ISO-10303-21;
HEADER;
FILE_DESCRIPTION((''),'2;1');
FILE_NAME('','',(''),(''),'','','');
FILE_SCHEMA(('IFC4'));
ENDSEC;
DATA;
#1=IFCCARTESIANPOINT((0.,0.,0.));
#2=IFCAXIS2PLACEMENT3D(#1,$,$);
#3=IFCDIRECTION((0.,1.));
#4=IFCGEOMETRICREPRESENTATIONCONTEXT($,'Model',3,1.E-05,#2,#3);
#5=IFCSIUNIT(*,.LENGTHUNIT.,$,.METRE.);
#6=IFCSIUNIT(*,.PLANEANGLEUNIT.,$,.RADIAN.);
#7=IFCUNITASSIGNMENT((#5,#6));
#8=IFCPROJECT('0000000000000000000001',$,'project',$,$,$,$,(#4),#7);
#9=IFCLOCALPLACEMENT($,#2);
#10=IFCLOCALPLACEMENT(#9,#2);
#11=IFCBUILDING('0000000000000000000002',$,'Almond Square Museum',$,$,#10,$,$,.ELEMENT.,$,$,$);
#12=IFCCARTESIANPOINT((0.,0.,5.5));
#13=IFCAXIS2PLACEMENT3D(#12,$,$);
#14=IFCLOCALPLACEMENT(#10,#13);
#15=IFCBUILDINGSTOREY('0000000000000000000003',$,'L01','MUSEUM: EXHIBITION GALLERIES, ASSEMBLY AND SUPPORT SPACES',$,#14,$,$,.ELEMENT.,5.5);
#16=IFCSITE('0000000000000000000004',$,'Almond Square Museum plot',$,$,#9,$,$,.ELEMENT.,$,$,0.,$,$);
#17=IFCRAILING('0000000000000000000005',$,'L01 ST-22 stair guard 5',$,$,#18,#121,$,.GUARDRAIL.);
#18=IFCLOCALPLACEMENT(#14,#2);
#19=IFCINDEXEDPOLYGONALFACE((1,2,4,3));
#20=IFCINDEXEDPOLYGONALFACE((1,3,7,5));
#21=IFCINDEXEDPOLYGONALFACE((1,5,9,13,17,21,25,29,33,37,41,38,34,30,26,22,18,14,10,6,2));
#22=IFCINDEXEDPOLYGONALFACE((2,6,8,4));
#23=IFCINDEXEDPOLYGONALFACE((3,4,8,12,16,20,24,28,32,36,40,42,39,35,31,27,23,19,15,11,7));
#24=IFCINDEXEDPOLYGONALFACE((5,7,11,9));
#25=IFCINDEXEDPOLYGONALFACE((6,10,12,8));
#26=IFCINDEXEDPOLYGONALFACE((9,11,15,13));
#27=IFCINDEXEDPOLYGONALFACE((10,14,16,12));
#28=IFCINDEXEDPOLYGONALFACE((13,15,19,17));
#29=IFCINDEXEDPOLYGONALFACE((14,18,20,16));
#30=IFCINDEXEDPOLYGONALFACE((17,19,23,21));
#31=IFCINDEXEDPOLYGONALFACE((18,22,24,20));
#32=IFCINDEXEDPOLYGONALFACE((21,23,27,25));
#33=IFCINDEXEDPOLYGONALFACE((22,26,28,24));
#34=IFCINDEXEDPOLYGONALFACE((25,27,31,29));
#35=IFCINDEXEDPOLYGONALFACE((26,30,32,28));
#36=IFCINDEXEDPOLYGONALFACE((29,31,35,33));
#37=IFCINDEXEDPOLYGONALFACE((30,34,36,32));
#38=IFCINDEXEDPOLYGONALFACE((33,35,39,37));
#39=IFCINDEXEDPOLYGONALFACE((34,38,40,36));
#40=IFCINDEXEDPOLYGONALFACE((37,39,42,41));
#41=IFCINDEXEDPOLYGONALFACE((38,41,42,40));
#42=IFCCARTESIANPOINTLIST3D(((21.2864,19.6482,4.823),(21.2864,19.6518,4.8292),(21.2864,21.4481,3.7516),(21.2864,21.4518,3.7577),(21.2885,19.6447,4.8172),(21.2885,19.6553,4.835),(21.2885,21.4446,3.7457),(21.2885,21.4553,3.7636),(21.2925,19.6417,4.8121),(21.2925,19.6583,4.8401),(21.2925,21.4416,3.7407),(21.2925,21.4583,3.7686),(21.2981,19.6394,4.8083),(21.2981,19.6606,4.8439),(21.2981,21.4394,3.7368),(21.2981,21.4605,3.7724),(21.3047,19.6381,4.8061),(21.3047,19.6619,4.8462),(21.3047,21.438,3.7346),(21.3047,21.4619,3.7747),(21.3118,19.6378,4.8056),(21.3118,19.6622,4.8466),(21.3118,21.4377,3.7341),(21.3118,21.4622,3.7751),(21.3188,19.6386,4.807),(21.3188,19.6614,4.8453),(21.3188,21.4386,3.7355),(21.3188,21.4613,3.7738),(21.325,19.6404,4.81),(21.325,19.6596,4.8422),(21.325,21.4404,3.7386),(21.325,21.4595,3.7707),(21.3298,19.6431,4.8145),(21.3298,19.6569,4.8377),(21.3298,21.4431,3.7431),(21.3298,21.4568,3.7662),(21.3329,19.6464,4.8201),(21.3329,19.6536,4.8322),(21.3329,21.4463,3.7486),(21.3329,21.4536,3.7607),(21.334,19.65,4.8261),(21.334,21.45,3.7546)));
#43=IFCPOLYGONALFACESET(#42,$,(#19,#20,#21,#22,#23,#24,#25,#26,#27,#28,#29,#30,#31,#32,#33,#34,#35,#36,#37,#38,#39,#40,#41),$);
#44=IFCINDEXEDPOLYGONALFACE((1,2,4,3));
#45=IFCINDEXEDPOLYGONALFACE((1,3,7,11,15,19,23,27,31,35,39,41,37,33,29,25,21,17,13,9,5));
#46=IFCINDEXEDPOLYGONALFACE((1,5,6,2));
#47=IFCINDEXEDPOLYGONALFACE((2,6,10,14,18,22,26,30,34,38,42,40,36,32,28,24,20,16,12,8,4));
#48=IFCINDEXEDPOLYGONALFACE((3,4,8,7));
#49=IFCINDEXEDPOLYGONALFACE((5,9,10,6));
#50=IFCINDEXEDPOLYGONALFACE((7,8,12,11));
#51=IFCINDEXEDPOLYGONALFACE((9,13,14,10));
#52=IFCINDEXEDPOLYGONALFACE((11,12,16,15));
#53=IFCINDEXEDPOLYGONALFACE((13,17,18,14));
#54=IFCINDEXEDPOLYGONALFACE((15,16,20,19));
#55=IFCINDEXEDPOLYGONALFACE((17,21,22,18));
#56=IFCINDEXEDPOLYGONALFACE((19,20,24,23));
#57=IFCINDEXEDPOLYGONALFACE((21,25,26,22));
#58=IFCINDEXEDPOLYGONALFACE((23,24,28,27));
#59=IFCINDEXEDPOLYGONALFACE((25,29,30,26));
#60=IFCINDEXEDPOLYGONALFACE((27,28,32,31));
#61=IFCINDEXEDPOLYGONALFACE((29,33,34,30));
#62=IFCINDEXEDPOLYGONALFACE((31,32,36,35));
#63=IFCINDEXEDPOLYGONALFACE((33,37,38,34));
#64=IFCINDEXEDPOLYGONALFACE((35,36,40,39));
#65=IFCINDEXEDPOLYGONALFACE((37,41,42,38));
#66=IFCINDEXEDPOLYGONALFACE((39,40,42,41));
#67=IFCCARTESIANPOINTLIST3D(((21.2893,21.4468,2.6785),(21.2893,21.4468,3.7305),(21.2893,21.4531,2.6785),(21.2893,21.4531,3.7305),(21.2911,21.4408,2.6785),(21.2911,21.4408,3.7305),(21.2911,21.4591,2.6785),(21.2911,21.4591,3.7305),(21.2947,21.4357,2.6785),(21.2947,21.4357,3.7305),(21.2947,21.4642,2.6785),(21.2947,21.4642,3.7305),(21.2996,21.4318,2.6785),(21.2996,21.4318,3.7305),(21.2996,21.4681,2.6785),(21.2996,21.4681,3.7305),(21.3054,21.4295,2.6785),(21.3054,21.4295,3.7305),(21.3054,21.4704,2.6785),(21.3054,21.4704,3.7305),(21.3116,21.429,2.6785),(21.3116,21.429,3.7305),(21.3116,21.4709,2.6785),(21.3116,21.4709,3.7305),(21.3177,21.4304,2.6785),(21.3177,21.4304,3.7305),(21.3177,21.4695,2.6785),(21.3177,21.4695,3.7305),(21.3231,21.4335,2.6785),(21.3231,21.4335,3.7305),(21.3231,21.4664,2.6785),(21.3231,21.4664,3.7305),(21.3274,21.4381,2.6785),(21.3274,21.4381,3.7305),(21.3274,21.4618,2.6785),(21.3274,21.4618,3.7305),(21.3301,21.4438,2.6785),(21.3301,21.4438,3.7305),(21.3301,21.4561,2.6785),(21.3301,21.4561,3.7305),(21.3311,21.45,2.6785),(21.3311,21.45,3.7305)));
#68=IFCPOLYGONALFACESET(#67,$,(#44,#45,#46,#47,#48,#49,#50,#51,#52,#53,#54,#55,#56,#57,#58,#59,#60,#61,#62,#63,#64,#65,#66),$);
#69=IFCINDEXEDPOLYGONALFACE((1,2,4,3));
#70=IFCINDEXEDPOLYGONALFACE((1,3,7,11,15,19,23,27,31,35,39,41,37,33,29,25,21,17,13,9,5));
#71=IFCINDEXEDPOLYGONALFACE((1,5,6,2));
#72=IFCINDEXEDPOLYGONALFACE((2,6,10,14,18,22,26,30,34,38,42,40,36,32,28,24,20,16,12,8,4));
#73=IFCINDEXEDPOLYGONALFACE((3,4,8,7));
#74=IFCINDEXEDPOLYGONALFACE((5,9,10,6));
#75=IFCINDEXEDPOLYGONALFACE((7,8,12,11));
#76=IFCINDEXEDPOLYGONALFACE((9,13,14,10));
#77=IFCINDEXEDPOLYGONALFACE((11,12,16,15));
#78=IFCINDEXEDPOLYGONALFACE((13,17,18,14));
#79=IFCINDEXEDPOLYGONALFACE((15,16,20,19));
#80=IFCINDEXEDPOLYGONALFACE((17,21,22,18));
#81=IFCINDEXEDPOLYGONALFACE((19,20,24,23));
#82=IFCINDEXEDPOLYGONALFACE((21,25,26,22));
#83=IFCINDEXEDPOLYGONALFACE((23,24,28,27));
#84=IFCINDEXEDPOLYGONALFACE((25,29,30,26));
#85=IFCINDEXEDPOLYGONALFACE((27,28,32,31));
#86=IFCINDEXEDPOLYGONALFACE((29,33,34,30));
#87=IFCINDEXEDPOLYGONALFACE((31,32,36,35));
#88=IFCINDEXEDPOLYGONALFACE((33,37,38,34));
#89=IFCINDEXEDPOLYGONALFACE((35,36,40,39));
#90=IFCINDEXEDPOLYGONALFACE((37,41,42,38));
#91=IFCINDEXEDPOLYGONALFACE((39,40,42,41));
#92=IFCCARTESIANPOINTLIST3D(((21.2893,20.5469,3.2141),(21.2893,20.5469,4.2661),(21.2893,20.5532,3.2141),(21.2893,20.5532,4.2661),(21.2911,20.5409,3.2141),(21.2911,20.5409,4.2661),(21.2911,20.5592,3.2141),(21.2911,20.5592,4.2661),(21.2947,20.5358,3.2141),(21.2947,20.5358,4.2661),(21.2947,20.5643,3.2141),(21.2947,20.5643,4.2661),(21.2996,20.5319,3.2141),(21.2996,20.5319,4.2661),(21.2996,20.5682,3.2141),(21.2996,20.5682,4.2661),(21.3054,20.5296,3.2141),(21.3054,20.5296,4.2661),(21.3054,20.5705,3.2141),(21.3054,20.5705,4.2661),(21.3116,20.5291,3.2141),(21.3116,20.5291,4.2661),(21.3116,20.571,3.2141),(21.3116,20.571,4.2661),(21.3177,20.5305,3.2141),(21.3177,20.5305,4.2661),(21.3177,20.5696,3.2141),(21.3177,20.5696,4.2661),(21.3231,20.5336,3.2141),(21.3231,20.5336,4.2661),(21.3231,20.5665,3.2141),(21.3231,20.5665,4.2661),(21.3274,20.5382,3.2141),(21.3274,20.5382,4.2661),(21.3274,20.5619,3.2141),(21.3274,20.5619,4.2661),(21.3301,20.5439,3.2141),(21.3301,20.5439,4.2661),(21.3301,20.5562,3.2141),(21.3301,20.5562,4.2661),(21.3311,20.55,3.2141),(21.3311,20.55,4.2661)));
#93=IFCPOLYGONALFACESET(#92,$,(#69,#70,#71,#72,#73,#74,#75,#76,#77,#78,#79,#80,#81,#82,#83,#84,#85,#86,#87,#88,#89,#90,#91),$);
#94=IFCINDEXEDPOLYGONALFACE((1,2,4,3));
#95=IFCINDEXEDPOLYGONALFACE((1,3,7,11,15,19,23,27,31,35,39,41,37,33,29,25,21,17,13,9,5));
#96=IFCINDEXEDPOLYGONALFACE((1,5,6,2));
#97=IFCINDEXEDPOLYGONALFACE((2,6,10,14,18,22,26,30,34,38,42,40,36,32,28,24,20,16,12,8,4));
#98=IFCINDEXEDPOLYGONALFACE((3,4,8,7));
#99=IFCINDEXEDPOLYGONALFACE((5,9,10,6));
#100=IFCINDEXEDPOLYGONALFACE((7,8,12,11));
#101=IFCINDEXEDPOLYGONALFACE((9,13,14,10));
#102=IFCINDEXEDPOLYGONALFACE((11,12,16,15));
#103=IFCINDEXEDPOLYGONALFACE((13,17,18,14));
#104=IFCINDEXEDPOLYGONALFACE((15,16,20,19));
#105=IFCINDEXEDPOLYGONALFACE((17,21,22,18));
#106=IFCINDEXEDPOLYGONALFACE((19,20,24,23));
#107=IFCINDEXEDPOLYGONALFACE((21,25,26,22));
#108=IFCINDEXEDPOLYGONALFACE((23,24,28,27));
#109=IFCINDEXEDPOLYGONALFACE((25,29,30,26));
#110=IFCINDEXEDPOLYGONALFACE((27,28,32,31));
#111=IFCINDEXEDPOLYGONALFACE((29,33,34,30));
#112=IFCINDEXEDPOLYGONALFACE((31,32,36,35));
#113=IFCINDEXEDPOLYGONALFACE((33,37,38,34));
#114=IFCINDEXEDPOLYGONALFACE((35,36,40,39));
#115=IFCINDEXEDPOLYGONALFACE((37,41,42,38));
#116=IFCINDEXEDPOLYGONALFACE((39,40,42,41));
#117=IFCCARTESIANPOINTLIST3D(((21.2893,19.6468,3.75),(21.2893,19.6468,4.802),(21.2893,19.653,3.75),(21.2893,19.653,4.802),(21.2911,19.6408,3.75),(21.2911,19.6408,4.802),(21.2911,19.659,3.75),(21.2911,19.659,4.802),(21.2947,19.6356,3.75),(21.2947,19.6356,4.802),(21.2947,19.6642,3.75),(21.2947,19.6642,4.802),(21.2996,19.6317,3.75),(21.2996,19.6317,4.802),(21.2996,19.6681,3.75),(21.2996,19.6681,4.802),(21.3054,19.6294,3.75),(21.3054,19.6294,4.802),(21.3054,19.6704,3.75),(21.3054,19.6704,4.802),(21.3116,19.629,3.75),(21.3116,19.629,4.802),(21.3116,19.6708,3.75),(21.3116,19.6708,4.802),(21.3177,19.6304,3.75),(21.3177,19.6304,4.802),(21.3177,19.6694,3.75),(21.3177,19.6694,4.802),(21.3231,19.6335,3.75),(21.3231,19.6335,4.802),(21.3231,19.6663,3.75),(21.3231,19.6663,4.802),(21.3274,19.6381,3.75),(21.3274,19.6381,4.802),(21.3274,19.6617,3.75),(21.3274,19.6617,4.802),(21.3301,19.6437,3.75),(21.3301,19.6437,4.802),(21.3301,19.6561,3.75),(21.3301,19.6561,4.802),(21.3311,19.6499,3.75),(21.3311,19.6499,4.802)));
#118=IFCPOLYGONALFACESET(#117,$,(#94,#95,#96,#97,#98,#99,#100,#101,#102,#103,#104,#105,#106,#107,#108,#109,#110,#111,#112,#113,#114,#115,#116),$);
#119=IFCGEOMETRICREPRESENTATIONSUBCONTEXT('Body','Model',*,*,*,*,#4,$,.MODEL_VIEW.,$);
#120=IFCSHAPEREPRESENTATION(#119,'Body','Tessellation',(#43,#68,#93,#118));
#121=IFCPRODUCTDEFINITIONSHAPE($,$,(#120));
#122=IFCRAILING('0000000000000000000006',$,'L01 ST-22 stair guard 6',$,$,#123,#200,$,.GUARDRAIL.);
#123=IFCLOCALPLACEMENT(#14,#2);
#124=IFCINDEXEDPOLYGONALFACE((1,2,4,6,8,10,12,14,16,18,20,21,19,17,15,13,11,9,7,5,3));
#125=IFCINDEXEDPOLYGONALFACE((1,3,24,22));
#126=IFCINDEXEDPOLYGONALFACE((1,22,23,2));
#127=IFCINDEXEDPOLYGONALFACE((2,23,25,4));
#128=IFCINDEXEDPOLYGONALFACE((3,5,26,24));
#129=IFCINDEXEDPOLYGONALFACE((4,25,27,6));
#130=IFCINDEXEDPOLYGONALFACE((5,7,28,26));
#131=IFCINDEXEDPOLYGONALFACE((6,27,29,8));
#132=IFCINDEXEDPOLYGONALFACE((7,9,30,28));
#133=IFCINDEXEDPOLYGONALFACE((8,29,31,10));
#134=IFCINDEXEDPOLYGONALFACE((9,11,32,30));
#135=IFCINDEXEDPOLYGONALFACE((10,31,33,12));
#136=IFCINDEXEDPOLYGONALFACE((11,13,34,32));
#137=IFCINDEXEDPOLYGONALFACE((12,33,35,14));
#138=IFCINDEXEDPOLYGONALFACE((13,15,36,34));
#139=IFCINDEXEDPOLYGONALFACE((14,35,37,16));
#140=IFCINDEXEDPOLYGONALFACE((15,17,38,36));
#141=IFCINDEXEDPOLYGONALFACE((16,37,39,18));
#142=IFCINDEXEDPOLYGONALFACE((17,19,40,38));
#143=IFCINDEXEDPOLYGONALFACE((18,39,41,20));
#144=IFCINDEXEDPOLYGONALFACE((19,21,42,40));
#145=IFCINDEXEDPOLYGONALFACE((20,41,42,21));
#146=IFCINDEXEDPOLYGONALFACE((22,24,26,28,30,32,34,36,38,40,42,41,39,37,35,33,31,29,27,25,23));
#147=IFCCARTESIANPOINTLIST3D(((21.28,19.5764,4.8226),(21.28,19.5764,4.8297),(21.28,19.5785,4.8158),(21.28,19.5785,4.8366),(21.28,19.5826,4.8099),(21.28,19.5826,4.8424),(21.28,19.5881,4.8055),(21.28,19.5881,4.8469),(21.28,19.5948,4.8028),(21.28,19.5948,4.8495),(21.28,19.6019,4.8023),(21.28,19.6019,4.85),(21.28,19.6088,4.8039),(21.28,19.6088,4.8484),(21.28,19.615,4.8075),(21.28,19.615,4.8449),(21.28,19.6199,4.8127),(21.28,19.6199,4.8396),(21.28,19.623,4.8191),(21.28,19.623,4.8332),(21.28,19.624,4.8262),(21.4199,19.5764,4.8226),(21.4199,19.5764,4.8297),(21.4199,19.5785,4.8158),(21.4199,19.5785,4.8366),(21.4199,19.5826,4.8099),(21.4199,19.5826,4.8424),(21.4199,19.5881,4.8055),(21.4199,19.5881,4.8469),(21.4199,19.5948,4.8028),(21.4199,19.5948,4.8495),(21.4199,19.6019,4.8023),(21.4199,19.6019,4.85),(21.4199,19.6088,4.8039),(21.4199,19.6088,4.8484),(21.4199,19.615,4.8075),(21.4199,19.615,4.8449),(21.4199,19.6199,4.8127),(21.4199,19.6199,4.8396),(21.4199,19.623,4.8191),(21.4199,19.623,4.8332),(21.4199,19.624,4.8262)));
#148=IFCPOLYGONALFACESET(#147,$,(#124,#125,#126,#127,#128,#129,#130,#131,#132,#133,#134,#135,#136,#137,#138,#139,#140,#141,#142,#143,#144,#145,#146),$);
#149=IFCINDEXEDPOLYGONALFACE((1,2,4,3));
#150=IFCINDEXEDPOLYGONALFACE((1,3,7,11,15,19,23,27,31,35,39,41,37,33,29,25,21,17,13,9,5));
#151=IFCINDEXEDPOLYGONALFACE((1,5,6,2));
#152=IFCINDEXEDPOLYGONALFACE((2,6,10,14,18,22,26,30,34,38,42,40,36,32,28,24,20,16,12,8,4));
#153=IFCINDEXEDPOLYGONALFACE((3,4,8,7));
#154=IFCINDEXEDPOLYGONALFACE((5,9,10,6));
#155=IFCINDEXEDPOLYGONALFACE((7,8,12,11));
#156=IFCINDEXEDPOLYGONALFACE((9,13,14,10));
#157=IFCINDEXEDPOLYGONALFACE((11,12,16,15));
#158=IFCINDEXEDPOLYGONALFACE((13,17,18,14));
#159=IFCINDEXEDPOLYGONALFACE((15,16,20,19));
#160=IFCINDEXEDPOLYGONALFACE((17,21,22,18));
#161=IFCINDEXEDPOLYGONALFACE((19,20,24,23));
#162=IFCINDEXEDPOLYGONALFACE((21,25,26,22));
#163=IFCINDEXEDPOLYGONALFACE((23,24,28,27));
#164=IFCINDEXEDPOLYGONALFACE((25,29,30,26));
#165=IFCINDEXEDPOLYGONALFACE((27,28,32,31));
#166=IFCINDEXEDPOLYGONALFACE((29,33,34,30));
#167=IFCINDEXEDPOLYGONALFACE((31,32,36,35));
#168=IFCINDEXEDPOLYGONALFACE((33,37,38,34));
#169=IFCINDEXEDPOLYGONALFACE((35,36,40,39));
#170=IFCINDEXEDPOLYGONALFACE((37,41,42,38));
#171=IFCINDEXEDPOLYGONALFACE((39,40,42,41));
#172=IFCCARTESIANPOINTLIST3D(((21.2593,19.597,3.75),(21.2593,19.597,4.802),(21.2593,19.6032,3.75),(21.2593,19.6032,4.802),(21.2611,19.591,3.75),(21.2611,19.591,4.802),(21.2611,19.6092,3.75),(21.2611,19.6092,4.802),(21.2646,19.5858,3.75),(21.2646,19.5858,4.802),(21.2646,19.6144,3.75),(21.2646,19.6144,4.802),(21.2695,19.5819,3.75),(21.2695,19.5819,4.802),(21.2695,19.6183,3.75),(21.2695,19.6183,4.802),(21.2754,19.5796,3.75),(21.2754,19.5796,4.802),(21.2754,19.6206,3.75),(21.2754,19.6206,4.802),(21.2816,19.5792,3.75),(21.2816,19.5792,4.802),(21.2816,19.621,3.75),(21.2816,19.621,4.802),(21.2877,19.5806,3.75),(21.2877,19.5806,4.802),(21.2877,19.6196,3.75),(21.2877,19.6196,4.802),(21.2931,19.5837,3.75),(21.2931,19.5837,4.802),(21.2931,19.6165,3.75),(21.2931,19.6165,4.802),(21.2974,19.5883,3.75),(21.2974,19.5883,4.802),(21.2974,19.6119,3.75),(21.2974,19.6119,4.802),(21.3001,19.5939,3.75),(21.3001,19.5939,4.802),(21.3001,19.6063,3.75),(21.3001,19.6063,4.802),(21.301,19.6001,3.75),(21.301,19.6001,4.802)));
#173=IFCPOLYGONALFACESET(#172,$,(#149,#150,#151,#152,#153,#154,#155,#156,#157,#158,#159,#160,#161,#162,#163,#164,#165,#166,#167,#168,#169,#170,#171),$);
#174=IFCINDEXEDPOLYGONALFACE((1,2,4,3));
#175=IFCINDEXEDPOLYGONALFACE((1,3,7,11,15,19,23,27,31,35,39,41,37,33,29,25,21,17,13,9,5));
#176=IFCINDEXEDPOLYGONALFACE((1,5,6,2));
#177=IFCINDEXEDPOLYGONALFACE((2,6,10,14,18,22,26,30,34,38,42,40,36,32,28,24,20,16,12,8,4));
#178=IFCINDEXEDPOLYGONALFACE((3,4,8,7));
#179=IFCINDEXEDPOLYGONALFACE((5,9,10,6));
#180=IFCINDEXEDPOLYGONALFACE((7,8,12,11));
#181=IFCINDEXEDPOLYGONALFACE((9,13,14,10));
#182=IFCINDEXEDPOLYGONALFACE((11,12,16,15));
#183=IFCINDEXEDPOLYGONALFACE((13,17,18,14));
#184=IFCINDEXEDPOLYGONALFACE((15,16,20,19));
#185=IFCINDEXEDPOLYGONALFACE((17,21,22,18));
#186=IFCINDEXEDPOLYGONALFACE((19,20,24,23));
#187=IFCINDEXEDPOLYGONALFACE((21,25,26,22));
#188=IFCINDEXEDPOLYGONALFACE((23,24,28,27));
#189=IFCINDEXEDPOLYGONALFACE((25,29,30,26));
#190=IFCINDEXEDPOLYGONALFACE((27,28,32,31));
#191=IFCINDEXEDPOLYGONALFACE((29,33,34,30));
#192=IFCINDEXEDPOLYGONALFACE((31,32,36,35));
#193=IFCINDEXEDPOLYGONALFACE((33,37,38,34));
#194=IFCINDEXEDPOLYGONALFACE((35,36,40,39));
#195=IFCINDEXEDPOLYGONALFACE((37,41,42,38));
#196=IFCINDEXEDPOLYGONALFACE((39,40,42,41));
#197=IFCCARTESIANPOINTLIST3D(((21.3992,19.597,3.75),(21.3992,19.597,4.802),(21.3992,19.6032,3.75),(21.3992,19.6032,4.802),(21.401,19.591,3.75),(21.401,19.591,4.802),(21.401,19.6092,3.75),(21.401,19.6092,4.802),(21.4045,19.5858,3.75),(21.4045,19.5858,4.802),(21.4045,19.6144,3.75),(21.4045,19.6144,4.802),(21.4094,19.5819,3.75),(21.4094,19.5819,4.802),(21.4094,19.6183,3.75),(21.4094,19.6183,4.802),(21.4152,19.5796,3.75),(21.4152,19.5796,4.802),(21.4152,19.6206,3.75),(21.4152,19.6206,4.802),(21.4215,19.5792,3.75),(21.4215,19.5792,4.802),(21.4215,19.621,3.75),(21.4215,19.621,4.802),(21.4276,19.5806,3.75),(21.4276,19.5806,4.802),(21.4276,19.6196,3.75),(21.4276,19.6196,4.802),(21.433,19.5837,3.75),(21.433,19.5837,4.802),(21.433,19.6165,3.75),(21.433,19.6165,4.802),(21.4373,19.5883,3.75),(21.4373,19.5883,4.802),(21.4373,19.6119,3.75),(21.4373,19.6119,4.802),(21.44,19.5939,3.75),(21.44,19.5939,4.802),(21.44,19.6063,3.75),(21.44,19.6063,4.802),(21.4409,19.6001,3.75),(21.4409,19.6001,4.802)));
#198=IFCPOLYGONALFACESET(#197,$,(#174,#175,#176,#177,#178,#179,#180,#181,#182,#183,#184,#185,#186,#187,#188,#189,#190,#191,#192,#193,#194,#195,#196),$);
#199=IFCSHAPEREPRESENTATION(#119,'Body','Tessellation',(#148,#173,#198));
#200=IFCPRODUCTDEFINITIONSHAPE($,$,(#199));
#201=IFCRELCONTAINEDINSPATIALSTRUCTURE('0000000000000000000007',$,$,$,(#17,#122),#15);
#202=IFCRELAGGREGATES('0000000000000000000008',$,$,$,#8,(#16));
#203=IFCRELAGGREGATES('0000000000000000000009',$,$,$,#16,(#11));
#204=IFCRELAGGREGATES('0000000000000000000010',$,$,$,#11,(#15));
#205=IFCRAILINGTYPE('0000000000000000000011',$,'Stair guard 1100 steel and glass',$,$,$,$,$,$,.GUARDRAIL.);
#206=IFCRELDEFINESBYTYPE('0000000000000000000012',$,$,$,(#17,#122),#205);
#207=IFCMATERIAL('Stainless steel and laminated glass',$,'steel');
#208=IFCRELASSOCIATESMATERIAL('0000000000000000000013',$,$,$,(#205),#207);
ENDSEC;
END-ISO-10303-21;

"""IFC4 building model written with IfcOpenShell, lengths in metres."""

from ifc_helpers import new_model, si_unit, direction, frame, origin, origin_2d, place, context, subcontext, project, spatial, circle, extrude, material, type_object, element, save


model = new_model("IFC4")

# Units and contexts
model_context = context("Model", 3, precision=1e-05, world=origin(), true_north=direction((0.0, 1.0)))
body_context = subcontext(model_context, "Body", "Model", "MODEL_VIEW")
ifc_project = project(units=[si_unit("LENGTHUNIT", "METRE"), si_unit("PLANEANGLEUNIT", "RADIAN")], contexts=[model_context])

# Site, building, storey
site_placement = place(None, origin())
site = spatial("IfcSite", under=ifc_project, at=site_placement, Name="Almond Square Museum plot", CompositionType="ELEMENT", RefElevation=0.0)
building_placement = place(site_placement, origin())
building = spatial("IfcBuilding", under=site, at=building_placement, Name="Almond Square Museum", CompositionType="ELEMENT")
storey_placement = place(building_placement, frame((0.0, 0.0, 5.5)))
storey = spatial("IfcBuildingStorey", under=building, at=storey_placement, Name="L01", Description="MUSEUM: EXHIBITION GALLERIES, ASSEMBLY AND SUPPORT SPACES", CompositionType="ELEMENT", Elevation=5.5)

# Railings
ifc_material_1 = material(Name="Stainless steel and laminated glass", Category="steel")
railing_type_1 = type_object("IfcRailingType", Name="Stair guard 1100 steel and glass", PredefinedType="GUARDRAIL", material=ifc_material_1)
railing_1_placement = place(storey_placement, frame((21.3101, 21.45, 2.6785)))
element("IfcRailing", 1, at=railing_1_placement, inside=storey, type_object=railing_type_1, Name="L01 ST-22 stair guard 5", PredefinedType="GUARDRAIL", context=body_context, shape_type="SweptSolid", body=[
    extrude(circle(Radius=0.0239, at=origin_2d()), frame((0.0, 0.0, 1.0762), z_axis=(0.0, -0.859277, 0.51151), x_axis=(1.0, 0.0, 0.0)), (0.0, 0.0, 1.0), 2.0947),
    extrude(circle(Radius=0.021, at=origin_2d()), origin(), (0.0, 0.0, 1.0), 1.052),
    extrude(circle(Radius=0.021, at=origin_2d()), frame((0.0, -0.8999, 0.5356)), (0.0, 0.0, 1.0), 1.052),
    extrude(circle(Radius=0.021, at=origin_2d()), frame((0.0, -1.8, 1.0715)), (0.0, 0.0, 1.0), 1.052),
])
railing_2_placement = place(storey_placement, frame((21.28, 19.6001, 3.75)))
element("IfcRailing", 2, at=railing_2_placement, inside=storey, type_object=railing_type_1, Name="L01 ST-22 stair guard 6", PredefinedType="GUARDRAIL", context=body_context, shape_type="SweptSolid", body=[
    extrude(circle(Radius=0.0239, at=origin_2d()), frame((0.0, 0.0, 1.0762), z_axis=(1.0, 0.0, 0.0), x_axis=(0.0, 1.0, 0.0)), (0.0, 0.0, 1.0), 0.1399),
    extrude(circle(Radius=0.021, at=origin_2d()), origin(), (0.0, 0.0, 1.0), 1.052),
    extrude(circle(Radius=0.021, at=origin_2d()), frame((0.1399, 0.0, 0.0)), (0.0, 0.0, 1.0), 1.052),
])

save(model, "model.ifc")
